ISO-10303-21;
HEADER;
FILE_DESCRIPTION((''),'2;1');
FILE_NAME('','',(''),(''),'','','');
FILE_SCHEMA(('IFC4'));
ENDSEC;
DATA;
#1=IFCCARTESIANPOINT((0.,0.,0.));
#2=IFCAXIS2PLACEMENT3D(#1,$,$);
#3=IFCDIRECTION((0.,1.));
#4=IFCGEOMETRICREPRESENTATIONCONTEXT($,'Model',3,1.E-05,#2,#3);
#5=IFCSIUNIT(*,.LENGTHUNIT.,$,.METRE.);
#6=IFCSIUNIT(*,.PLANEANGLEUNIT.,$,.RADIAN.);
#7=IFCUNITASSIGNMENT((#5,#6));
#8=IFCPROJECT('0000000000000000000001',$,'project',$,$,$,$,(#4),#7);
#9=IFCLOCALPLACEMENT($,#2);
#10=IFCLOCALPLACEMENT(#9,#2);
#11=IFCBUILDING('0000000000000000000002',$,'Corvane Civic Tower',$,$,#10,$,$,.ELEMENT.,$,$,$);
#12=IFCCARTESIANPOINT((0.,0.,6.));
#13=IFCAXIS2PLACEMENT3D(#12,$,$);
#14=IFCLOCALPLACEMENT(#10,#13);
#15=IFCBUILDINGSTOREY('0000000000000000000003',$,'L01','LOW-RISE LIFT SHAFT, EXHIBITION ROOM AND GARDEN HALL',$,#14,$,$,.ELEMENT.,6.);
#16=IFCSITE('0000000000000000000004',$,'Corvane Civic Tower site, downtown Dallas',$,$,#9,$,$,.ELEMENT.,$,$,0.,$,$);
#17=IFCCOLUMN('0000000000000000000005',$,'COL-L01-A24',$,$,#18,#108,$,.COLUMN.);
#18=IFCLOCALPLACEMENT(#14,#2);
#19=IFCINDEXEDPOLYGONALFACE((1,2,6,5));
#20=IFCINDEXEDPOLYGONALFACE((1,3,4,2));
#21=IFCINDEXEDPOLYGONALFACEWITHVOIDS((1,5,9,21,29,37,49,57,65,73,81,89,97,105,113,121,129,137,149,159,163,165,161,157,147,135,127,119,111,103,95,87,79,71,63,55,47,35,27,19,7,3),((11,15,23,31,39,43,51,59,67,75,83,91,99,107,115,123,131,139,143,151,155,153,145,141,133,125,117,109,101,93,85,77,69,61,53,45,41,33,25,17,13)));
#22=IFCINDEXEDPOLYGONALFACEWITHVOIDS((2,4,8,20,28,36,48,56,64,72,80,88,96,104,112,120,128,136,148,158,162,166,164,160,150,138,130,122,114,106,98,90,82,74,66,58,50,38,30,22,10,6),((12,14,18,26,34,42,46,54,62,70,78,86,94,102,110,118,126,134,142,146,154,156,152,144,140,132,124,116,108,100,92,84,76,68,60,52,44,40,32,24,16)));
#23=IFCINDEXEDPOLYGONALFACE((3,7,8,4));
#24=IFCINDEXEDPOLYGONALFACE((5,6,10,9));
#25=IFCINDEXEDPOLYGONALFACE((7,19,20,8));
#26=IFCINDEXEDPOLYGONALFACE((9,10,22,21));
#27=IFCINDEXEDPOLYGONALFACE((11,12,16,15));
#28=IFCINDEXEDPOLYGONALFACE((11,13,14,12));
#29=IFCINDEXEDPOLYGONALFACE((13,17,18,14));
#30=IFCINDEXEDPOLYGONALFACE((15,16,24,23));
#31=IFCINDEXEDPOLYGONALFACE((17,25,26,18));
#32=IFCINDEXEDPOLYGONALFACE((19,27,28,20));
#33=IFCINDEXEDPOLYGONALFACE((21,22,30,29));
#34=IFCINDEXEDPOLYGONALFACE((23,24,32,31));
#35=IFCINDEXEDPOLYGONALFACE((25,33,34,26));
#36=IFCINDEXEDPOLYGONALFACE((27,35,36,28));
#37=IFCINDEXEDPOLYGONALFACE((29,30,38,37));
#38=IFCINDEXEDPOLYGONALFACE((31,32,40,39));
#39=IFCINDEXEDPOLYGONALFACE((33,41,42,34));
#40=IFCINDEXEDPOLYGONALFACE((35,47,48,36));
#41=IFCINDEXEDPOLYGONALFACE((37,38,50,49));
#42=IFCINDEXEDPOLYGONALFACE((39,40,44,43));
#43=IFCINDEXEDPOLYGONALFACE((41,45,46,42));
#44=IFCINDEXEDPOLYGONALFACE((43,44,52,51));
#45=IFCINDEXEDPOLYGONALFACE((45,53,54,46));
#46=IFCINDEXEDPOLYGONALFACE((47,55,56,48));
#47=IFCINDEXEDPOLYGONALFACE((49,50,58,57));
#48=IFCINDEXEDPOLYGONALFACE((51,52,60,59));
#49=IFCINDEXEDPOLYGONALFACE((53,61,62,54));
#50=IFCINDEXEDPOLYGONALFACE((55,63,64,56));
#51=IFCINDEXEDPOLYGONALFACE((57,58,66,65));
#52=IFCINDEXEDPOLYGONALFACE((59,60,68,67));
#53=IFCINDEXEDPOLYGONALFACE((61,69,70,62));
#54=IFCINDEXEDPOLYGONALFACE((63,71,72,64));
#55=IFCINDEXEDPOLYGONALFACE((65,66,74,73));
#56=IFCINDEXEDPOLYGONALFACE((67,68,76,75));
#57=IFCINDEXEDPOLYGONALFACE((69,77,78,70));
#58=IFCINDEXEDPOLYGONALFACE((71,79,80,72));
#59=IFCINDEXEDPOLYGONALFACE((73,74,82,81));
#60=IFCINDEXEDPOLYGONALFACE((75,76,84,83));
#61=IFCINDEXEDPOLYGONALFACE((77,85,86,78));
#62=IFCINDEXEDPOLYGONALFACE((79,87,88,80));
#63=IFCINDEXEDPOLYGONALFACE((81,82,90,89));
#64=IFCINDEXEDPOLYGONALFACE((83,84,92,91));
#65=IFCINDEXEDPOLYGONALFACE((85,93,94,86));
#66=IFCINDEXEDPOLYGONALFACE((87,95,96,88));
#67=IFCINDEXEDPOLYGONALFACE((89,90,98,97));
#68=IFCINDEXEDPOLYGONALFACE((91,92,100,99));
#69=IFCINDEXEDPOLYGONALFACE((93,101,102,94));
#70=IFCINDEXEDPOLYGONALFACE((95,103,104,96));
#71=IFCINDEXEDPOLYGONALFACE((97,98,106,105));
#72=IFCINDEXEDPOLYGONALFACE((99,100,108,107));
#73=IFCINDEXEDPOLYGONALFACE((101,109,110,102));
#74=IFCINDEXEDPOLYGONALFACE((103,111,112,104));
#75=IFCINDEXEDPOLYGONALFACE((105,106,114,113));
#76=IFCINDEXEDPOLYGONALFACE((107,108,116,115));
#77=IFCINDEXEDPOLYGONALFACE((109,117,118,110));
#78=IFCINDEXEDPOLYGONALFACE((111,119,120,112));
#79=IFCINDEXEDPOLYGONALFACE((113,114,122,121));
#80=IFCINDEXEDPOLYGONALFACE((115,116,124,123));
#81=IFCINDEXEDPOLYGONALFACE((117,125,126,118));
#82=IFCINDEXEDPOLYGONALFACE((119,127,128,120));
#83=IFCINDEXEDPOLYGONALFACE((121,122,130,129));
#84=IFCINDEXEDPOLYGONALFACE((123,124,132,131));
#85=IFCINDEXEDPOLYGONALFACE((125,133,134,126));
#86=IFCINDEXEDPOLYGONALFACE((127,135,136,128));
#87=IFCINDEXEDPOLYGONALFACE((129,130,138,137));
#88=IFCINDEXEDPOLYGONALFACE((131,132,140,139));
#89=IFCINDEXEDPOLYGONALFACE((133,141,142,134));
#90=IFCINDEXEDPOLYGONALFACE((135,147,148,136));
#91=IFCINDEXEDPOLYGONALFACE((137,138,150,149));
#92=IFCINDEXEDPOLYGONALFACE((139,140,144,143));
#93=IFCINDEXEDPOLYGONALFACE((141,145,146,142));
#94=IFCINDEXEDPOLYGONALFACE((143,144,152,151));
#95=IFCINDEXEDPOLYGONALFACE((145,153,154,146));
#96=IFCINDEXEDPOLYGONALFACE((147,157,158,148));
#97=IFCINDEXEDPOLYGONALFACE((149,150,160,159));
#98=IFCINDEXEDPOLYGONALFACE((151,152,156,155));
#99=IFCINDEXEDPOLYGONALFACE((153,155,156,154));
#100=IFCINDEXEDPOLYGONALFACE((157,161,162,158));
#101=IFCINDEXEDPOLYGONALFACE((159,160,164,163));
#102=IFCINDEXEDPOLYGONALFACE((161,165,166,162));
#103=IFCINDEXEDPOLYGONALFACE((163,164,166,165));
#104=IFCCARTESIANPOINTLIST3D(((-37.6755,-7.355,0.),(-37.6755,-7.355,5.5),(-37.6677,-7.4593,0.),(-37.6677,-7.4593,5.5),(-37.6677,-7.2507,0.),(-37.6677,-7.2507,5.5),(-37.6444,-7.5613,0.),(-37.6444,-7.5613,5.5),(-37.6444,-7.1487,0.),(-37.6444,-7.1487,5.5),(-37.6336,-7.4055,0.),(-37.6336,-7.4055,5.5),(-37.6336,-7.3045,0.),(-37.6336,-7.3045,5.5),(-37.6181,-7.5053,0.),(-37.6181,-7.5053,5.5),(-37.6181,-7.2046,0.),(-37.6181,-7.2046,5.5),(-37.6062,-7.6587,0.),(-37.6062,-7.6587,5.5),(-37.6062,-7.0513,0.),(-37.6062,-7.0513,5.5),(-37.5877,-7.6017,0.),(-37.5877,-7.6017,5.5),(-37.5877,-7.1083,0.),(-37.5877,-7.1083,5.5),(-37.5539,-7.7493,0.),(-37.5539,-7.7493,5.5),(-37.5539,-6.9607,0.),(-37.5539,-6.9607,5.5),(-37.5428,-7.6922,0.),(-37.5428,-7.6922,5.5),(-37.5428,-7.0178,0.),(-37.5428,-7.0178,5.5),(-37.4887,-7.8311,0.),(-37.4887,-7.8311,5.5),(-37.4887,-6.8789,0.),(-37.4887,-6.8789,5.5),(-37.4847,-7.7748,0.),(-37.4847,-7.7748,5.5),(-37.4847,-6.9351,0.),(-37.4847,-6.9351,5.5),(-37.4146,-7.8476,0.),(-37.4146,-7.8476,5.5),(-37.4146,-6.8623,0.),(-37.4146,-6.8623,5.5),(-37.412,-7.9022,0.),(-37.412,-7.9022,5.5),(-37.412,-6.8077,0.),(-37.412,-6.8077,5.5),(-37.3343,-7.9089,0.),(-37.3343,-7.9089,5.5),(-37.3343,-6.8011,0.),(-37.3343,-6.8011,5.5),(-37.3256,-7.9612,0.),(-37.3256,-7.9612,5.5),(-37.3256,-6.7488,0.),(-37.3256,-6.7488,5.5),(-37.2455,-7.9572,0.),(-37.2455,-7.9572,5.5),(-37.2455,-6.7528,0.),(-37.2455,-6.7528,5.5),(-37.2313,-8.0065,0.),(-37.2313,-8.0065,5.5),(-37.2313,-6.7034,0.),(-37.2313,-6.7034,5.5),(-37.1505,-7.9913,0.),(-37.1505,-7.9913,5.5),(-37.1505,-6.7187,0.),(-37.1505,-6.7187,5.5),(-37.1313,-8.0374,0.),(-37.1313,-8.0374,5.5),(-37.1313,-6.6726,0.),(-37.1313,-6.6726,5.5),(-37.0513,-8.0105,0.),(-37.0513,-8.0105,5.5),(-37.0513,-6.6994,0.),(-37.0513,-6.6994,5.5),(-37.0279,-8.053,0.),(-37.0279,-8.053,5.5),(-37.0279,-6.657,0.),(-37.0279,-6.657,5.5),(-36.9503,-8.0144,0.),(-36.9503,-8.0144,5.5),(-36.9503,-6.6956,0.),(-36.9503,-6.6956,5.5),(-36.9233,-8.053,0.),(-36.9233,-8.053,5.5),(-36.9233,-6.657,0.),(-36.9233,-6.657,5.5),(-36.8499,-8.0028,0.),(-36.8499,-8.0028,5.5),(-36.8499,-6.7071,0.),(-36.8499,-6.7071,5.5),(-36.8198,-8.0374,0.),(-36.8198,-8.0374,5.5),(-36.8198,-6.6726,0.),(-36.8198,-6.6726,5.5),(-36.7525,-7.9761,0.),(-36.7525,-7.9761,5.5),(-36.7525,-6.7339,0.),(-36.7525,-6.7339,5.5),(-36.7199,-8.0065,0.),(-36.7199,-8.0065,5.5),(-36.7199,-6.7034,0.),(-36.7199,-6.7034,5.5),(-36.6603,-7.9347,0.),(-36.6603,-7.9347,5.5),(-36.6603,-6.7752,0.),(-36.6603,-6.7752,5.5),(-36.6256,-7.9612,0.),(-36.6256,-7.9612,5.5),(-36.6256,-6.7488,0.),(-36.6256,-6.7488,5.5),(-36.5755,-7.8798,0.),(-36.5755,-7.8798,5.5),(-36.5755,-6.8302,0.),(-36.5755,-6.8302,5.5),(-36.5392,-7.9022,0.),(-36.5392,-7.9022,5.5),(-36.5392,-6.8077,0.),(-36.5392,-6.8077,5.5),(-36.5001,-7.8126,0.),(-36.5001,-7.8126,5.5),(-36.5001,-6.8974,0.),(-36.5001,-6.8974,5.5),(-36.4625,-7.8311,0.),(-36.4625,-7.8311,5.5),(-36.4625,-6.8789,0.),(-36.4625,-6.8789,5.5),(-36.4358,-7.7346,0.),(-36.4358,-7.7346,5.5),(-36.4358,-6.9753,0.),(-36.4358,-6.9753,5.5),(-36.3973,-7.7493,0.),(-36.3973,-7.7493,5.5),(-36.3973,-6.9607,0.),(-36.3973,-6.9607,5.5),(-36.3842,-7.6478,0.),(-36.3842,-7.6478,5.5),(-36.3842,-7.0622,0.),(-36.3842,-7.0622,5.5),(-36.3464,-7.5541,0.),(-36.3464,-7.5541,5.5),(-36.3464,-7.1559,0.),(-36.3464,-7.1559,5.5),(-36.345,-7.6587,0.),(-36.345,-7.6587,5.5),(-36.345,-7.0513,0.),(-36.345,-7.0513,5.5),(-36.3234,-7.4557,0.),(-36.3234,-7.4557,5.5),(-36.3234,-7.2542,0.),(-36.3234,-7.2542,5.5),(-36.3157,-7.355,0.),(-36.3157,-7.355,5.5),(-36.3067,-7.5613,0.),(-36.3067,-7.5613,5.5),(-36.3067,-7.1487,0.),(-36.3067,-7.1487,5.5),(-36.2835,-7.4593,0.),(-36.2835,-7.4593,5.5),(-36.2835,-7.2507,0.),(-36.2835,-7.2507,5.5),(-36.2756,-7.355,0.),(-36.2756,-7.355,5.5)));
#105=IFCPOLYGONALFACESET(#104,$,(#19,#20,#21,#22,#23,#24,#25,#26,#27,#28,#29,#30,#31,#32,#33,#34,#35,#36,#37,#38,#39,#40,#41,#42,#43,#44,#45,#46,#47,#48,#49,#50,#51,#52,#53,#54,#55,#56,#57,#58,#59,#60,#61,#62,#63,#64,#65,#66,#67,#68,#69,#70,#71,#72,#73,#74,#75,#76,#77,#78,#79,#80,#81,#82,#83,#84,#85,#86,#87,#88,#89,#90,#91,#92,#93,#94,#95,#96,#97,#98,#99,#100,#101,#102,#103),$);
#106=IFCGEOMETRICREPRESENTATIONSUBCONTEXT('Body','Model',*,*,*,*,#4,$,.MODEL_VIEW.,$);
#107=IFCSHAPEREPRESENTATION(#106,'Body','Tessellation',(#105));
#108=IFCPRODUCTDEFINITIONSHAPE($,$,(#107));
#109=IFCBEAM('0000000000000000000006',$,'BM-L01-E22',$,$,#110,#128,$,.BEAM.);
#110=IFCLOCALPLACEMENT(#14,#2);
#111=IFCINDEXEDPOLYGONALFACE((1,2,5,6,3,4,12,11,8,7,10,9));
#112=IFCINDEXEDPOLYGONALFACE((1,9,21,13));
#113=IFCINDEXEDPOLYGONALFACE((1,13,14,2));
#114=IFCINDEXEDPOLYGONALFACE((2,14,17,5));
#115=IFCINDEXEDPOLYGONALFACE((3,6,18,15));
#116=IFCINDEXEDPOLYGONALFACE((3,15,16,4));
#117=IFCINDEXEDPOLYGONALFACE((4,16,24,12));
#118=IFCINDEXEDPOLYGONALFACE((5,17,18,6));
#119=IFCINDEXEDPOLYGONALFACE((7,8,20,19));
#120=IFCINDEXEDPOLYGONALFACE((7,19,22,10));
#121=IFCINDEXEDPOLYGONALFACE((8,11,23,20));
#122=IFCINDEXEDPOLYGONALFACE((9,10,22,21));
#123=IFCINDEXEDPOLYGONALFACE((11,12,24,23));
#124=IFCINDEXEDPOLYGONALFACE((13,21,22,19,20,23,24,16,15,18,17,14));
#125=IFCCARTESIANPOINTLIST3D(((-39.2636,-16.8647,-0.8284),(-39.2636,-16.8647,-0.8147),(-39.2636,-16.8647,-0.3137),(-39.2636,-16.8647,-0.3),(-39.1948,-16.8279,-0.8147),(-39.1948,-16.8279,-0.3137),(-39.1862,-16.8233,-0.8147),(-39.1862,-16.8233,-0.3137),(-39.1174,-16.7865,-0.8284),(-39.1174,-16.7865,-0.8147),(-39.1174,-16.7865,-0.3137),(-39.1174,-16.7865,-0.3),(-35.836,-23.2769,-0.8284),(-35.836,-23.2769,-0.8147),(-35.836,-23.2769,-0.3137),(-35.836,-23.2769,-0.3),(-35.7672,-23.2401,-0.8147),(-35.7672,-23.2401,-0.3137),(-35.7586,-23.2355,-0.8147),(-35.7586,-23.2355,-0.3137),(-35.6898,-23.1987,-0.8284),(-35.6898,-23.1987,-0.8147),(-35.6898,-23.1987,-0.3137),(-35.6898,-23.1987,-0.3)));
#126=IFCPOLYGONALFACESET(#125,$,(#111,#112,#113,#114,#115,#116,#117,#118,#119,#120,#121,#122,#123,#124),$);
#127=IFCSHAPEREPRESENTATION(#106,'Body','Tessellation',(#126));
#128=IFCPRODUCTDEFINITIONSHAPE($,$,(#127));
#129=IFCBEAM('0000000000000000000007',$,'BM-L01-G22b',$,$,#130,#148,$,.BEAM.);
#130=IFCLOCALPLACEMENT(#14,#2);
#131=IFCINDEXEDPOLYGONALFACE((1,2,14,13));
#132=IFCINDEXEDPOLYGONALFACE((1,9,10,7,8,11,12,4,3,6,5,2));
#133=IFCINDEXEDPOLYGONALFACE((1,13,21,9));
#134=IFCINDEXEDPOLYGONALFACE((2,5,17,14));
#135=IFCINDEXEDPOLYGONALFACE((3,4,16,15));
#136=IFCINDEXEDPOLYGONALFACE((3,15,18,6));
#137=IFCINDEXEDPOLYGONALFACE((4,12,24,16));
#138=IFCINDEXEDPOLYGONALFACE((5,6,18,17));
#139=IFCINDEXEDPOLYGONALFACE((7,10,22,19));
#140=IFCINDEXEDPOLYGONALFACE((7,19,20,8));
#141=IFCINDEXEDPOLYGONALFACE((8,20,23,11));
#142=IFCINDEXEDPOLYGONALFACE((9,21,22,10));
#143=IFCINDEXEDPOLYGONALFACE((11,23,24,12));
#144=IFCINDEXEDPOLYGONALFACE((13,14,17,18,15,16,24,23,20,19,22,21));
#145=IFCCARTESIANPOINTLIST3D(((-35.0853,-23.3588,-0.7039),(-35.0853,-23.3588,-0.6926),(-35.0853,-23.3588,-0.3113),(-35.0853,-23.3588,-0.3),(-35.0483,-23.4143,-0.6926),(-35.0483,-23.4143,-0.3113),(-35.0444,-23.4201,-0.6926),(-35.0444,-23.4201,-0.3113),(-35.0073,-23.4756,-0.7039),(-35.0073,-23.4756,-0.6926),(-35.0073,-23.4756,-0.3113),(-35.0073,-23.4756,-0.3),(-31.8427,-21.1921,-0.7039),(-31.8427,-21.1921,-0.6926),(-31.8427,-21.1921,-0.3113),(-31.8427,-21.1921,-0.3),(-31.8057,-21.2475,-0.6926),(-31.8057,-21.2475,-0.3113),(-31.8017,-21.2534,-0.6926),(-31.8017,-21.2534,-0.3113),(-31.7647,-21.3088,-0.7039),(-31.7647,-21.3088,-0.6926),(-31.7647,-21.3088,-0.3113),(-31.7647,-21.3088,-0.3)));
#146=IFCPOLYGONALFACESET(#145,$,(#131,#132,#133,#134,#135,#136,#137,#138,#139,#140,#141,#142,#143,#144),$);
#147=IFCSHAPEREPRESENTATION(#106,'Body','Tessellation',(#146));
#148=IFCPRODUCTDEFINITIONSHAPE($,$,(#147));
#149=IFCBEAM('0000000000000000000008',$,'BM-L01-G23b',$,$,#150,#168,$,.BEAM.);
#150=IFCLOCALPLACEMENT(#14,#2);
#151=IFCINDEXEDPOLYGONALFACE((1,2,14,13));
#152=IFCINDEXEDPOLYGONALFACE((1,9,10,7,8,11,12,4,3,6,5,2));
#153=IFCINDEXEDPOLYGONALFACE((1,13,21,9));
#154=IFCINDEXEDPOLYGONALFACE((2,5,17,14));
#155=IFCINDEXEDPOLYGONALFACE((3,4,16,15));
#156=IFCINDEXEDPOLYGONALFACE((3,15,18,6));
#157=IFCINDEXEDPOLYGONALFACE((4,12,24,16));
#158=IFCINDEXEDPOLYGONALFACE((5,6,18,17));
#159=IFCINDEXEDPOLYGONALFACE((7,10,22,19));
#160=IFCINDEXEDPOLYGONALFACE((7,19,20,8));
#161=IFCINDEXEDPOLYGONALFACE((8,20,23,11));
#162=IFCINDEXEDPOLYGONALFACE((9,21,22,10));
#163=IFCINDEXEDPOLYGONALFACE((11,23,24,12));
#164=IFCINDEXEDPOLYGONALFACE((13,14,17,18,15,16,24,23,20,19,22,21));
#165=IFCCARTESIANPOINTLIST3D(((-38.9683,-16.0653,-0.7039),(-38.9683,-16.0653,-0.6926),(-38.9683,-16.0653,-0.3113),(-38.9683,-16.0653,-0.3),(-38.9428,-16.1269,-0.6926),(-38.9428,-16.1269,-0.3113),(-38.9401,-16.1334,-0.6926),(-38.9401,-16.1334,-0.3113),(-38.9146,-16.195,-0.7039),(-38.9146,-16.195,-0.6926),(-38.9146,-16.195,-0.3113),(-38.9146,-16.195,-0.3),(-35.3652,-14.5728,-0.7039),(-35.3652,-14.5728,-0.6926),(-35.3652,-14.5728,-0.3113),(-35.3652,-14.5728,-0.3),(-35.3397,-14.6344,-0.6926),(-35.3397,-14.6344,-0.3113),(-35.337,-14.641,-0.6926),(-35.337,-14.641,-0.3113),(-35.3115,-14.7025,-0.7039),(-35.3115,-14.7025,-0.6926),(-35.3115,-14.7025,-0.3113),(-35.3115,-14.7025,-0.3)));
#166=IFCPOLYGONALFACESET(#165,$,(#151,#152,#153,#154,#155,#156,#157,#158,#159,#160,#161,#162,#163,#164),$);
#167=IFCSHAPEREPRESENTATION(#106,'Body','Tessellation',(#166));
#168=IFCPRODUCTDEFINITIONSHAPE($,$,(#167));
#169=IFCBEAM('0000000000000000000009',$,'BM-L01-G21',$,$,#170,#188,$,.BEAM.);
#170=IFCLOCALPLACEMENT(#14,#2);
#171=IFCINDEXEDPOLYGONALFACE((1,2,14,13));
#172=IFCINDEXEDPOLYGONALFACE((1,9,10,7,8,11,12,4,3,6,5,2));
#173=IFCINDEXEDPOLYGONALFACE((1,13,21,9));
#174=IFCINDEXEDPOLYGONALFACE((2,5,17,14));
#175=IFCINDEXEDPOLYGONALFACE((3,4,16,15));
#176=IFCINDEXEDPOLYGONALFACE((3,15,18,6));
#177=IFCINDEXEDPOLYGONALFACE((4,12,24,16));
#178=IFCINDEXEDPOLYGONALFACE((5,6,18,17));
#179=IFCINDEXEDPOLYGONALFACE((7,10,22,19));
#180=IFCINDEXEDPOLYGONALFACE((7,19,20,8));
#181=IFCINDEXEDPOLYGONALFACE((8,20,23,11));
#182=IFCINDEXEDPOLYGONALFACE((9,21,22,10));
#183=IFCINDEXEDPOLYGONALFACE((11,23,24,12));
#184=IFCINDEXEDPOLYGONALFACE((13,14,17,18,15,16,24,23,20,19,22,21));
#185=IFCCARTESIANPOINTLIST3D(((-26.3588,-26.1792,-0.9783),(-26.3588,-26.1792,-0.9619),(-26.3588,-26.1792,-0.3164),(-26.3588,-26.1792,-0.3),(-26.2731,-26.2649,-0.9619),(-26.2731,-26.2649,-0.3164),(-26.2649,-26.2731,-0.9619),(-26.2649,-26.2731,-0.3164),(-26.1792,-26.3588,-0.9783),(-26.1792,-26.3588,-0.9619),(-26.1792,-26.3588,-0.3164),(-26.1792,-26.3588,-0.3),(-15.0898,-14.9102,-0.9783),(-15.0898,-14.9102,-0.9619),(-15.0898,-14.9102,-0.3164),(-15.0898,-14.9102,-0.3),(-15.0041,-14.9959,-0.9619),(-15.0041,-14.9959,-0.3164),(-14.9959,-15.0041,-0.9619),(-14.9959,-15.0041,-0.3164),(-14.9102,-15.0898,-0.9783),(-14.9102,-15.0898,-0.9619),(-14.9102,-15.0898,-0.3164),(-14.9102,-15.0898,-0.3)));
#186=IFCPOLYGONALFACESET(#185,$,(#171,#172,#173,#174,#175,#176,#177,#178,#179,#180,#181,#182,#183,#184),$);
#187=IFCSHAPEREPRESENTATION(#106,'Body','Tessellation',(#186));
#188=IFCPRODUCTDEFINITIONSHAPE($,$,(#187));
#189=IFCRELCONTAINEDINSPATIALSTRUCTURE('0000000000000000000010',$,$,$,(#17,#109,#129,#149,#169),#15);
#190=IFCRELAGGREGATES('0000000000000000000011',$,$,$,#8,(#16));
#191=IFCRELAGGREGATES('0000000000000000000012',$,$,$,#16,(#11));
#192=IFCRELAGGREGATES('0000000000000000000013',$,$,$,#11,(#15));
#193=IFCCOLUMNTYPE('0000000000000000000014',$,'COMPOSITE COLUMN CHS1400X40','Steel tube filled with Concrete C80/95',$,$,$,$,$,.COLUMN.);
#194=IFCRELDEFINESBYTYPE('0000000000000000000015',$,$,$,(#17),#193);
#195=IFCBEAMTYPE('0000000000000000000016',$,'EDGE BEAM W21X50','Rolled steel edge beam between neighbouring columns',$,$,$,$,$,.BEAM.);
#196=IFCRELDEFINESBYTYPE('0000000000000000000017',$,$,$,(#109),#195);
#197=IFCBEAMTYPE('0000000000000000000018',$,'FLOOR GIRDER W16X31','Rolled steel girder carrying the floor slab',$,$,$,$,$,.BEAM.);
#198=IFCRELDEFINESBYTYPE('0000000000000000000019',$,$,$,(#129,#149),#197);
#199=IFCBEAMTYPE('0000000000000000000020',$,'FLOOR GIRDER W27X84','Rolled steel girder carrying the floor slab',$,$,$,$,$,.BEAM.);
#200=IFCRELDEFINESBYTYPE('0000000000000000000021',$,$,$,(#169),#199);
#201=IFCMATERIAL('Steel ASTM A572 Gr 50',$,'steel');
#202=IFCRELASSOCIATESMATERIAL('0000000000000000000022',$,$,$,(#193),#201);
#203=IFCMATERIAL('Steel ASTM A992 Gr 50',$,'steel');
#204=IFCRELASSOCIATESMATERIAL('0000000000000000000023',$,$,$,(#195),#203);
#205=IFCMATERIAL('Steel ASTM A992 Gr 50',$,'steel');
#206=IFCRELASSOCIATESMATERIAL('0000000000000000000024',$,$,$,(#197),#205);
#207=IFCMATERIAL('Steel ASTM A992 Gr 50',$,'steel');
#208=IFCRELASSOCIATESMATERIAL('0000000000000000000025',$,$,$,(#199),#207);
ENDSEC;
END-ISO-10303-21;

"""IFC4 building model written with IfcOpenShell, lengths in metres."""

from ifc_helpers import new_model, si_unit, direction, frame, origin, origin_2d, place, context, subcontext, project, spatial, hollow_circle, i_section, extrude, material, material_profile, profile_set, type_object, element, save


model = new_model("IFC4")

# Units and contexts
model_context = context("Model", 3, precision=1e-05, world=origin(), true_north=direction((0.0, 1.0)))
body_context = subcontext(model_context, "Body", "Model", "MODEL_VIEW")
ifc_project = project(units=[si_unit("LENGTHUNIT", "METRE"), si_unit("PLANEANGLEUNIT", "RADIAN")], contexts=[model_context])

# Site, building, storey
site_placement = place(None, origin())
site = spatial("IfcSite", under=ifc_project, at=site_placement, Name="Corvane Civic Tower site, downtown Dallas", CompositionType="ELEMENT", RefElevation=0.0)
building_placement = place(site_placement, origin())
building = spatial("IfcBuilding", under=site, at=building_placement, Name="Corvane Civic Tower", CompositionType="ELEMENT")
storey_placement = place(building_placement, frame((0.0, 0.0, 6.0)))
storey = spatial("IfcBuildingStorey", under=building, at=storey_placement, Name="L01", Description="LOW-RISE LIFT SHAFT, EXHIBITION ROOM AND GARDEN HALL", CompositionType="ELEMENT", Elevation=6.0)

# Column
ifc_material_1 = material(Name="Steel ASTM A572 Gr 50", Category="steel")
ifc_material_profile_1 = material_profile(ifc_material_1, hollow_circle(Radius=0.7, WallThickness=0.04, at=origin_2d()), Name="CHS1400X40")
ifc_profile_set_1 = profile_set([ifc_material_profile_1], Name="Steel ASTM A572 Gr 50")
column_type = type_object("IfcColumnType", Name="COMPOSITE COLUMN CHS1400X40", Description="Steel tube filled with Concrete C80/95", PredefinedType="COLUMN", material=ifc_profile_set_1)
for number, where, z_axis, x_axis, name in (
    (1, (-36.9756, -7.355, 0.0), (0.0, 0.0, 1.0), (1.0, 0.0, 0.0), "COL-L01-A24"),
):
    element("IfcColumn", number, at=place(storey_placement, frame(where, z_axis=z_axis, x_axis=x_axis)), inside=storey, type_object=column_type, Name=name, PredefinedType="COLUMN", context=body_context, shape_type="SweptSolid", body=[
        extrude(hollow_circle(Radius=0.7, WallThickness=0.04, at=origin_2d()), origin(), (0.0, 0.0, 1.0), 5.5),
    ])

# Beams
ifc_material_2 = material(Name="Steel ASTM A992 Gr 50", Category="steel")
ifc_material_profile_2 = material_profile(ifc_material_2, i_section(OverallWidth=0.1658, OverallDepth=0.5283, WebThickness=0.0098, FlangeThickness=0.0137, at=origin_2d()), Name="W21X50")
ifc_profile_set_2 = profile_set([ifc_material_profile_2], Name="Steel ASTM A992 Gr 50")
beam_type_1 = type_object("IfcBeamType", Name="EDGE BEAM W21X50", Description="Rolled steel edge beam between neighbouring columns", PredefinedType="BEAM", material=ifc_profile_set_2)
beam_1_placement = place(storey_placement, frame((-35.7629, -23.2378, -0.5642), z_axis=(-0.471412, 0.881913, 0.0), x_axis=(-0.881913, -0.471412, 0.0)))
element("IfcBeam", 2, at=beam_1_placement, inside=storey, type_object=beam_type_1, Name="BM-L01-E22", PredefinedType="BEAM", context=body_context, shape_type="SweptSolid", body=[
    extrude(i_section(OverallWidth=0.1658, OverallDepth=0.5283, WebThickness=0.0098, FlangeThickness=0.0137, at=origin_2d()), origin(), (0.0, 0.0, 1.0), 7.2708),
])
ifc_material_3 = material(Name="Steel ASTM A992 Gr 50", Category="steel")
ifc_material_profile_3 = material_profile(ifc_material_3, i_section(OverallWidth=0.1404, OverallDepth=0.4038, WebThickness=0.0071, FlangeThickness=0.0112, at=origin_2d()), Name="W16X31")
ifc_profile_set_3 = profile_set([ifc_material_profile_3], Name="Steel ASTM A992 Gr 50")
beam_type_2 = type_object("IfcBeamType", Name="FLOOR GIRDER W16X31", Description="Rolled steel girder carrying the floor slab", PredefinedType="BEAM", material=ifc_profile_set_3)
for number, where, z_axis, x_axis, name in (
    (3, (-31.8037, -21.2505, -0.502), (-0.831462, -0.555581, 0.0), (0.555581, -0.831462, 0.0), "BM-L01-G22b"),
    (4, (-35.3384, -14.6377, -0.502), (-0.923879, -0.382685, 0.0), (0.382685, -0.923879, 0.0), "BM-L01-G23b"),
):
    element("IfcBeam", number, at=place(storey_placement, frame(where, z_axis=z_axis, x_axis=x_axis)), inside=storey, type_object=beam_type_2, Name=name, PredefinedType="BEAM", context=body_context, shape_type="SweptSolid", body=[
        extrude(i_section(OverallWidth=0.1404, OverallDepth=0.4038, WebThickness=0.0071, FlangeThickness=0.0112, at=origin_2d()), origin(), (0.0, 0.0, 1.0), 3.8999),
    ])
ifc_material_4 = material(Name="Steel ASTM A992 Gr 50", Category="steel")
ifc_material_profile_4 = material_profile(ifc_material_4, i_section(OverallWidth=0.2539, OverallDepth=0.6782, WebThickness=0.0117, FlangeThickness=0.0164, at=origin_2d()), Name="W27X84")
ifc_profile_set_4 = profile_set([ifc_material_profile_4], Name="Steel ASTM A992 Gr 50")
beam_type_3 = type_object("IfcBeamType", Name="FLOOR GIRDER W27X84", Description="Rolled steel girder carrying the floor slab", PredefinedType="BEAM", material=ifc_profile_set_4)
beam_2_placement = place(storey_placement, frame((-15.0, -15.0, -0.6392), z_axis=(-0.707107, -0.707107, 0.0), x_axis=(0.707107, -0.707107, 0.0)))
element("IfcBeam", 5, at=beam_2_placement, inside=storey, type_object=beam_type_3, Name="BM-L01-G21", PredefinedType="BEAM", context=body_context, shape_type="SweptSolid", body=[
    extrude(i_section(OverallWidth=0.2539, OverallDepth=0.6782, WebThickness=0.0117, FlangeThickness=0.0164, at=origin_2d()), origin(), (0.0, 0.0, 1.0), 15.9368),
])

save(model, "model.ifc")
